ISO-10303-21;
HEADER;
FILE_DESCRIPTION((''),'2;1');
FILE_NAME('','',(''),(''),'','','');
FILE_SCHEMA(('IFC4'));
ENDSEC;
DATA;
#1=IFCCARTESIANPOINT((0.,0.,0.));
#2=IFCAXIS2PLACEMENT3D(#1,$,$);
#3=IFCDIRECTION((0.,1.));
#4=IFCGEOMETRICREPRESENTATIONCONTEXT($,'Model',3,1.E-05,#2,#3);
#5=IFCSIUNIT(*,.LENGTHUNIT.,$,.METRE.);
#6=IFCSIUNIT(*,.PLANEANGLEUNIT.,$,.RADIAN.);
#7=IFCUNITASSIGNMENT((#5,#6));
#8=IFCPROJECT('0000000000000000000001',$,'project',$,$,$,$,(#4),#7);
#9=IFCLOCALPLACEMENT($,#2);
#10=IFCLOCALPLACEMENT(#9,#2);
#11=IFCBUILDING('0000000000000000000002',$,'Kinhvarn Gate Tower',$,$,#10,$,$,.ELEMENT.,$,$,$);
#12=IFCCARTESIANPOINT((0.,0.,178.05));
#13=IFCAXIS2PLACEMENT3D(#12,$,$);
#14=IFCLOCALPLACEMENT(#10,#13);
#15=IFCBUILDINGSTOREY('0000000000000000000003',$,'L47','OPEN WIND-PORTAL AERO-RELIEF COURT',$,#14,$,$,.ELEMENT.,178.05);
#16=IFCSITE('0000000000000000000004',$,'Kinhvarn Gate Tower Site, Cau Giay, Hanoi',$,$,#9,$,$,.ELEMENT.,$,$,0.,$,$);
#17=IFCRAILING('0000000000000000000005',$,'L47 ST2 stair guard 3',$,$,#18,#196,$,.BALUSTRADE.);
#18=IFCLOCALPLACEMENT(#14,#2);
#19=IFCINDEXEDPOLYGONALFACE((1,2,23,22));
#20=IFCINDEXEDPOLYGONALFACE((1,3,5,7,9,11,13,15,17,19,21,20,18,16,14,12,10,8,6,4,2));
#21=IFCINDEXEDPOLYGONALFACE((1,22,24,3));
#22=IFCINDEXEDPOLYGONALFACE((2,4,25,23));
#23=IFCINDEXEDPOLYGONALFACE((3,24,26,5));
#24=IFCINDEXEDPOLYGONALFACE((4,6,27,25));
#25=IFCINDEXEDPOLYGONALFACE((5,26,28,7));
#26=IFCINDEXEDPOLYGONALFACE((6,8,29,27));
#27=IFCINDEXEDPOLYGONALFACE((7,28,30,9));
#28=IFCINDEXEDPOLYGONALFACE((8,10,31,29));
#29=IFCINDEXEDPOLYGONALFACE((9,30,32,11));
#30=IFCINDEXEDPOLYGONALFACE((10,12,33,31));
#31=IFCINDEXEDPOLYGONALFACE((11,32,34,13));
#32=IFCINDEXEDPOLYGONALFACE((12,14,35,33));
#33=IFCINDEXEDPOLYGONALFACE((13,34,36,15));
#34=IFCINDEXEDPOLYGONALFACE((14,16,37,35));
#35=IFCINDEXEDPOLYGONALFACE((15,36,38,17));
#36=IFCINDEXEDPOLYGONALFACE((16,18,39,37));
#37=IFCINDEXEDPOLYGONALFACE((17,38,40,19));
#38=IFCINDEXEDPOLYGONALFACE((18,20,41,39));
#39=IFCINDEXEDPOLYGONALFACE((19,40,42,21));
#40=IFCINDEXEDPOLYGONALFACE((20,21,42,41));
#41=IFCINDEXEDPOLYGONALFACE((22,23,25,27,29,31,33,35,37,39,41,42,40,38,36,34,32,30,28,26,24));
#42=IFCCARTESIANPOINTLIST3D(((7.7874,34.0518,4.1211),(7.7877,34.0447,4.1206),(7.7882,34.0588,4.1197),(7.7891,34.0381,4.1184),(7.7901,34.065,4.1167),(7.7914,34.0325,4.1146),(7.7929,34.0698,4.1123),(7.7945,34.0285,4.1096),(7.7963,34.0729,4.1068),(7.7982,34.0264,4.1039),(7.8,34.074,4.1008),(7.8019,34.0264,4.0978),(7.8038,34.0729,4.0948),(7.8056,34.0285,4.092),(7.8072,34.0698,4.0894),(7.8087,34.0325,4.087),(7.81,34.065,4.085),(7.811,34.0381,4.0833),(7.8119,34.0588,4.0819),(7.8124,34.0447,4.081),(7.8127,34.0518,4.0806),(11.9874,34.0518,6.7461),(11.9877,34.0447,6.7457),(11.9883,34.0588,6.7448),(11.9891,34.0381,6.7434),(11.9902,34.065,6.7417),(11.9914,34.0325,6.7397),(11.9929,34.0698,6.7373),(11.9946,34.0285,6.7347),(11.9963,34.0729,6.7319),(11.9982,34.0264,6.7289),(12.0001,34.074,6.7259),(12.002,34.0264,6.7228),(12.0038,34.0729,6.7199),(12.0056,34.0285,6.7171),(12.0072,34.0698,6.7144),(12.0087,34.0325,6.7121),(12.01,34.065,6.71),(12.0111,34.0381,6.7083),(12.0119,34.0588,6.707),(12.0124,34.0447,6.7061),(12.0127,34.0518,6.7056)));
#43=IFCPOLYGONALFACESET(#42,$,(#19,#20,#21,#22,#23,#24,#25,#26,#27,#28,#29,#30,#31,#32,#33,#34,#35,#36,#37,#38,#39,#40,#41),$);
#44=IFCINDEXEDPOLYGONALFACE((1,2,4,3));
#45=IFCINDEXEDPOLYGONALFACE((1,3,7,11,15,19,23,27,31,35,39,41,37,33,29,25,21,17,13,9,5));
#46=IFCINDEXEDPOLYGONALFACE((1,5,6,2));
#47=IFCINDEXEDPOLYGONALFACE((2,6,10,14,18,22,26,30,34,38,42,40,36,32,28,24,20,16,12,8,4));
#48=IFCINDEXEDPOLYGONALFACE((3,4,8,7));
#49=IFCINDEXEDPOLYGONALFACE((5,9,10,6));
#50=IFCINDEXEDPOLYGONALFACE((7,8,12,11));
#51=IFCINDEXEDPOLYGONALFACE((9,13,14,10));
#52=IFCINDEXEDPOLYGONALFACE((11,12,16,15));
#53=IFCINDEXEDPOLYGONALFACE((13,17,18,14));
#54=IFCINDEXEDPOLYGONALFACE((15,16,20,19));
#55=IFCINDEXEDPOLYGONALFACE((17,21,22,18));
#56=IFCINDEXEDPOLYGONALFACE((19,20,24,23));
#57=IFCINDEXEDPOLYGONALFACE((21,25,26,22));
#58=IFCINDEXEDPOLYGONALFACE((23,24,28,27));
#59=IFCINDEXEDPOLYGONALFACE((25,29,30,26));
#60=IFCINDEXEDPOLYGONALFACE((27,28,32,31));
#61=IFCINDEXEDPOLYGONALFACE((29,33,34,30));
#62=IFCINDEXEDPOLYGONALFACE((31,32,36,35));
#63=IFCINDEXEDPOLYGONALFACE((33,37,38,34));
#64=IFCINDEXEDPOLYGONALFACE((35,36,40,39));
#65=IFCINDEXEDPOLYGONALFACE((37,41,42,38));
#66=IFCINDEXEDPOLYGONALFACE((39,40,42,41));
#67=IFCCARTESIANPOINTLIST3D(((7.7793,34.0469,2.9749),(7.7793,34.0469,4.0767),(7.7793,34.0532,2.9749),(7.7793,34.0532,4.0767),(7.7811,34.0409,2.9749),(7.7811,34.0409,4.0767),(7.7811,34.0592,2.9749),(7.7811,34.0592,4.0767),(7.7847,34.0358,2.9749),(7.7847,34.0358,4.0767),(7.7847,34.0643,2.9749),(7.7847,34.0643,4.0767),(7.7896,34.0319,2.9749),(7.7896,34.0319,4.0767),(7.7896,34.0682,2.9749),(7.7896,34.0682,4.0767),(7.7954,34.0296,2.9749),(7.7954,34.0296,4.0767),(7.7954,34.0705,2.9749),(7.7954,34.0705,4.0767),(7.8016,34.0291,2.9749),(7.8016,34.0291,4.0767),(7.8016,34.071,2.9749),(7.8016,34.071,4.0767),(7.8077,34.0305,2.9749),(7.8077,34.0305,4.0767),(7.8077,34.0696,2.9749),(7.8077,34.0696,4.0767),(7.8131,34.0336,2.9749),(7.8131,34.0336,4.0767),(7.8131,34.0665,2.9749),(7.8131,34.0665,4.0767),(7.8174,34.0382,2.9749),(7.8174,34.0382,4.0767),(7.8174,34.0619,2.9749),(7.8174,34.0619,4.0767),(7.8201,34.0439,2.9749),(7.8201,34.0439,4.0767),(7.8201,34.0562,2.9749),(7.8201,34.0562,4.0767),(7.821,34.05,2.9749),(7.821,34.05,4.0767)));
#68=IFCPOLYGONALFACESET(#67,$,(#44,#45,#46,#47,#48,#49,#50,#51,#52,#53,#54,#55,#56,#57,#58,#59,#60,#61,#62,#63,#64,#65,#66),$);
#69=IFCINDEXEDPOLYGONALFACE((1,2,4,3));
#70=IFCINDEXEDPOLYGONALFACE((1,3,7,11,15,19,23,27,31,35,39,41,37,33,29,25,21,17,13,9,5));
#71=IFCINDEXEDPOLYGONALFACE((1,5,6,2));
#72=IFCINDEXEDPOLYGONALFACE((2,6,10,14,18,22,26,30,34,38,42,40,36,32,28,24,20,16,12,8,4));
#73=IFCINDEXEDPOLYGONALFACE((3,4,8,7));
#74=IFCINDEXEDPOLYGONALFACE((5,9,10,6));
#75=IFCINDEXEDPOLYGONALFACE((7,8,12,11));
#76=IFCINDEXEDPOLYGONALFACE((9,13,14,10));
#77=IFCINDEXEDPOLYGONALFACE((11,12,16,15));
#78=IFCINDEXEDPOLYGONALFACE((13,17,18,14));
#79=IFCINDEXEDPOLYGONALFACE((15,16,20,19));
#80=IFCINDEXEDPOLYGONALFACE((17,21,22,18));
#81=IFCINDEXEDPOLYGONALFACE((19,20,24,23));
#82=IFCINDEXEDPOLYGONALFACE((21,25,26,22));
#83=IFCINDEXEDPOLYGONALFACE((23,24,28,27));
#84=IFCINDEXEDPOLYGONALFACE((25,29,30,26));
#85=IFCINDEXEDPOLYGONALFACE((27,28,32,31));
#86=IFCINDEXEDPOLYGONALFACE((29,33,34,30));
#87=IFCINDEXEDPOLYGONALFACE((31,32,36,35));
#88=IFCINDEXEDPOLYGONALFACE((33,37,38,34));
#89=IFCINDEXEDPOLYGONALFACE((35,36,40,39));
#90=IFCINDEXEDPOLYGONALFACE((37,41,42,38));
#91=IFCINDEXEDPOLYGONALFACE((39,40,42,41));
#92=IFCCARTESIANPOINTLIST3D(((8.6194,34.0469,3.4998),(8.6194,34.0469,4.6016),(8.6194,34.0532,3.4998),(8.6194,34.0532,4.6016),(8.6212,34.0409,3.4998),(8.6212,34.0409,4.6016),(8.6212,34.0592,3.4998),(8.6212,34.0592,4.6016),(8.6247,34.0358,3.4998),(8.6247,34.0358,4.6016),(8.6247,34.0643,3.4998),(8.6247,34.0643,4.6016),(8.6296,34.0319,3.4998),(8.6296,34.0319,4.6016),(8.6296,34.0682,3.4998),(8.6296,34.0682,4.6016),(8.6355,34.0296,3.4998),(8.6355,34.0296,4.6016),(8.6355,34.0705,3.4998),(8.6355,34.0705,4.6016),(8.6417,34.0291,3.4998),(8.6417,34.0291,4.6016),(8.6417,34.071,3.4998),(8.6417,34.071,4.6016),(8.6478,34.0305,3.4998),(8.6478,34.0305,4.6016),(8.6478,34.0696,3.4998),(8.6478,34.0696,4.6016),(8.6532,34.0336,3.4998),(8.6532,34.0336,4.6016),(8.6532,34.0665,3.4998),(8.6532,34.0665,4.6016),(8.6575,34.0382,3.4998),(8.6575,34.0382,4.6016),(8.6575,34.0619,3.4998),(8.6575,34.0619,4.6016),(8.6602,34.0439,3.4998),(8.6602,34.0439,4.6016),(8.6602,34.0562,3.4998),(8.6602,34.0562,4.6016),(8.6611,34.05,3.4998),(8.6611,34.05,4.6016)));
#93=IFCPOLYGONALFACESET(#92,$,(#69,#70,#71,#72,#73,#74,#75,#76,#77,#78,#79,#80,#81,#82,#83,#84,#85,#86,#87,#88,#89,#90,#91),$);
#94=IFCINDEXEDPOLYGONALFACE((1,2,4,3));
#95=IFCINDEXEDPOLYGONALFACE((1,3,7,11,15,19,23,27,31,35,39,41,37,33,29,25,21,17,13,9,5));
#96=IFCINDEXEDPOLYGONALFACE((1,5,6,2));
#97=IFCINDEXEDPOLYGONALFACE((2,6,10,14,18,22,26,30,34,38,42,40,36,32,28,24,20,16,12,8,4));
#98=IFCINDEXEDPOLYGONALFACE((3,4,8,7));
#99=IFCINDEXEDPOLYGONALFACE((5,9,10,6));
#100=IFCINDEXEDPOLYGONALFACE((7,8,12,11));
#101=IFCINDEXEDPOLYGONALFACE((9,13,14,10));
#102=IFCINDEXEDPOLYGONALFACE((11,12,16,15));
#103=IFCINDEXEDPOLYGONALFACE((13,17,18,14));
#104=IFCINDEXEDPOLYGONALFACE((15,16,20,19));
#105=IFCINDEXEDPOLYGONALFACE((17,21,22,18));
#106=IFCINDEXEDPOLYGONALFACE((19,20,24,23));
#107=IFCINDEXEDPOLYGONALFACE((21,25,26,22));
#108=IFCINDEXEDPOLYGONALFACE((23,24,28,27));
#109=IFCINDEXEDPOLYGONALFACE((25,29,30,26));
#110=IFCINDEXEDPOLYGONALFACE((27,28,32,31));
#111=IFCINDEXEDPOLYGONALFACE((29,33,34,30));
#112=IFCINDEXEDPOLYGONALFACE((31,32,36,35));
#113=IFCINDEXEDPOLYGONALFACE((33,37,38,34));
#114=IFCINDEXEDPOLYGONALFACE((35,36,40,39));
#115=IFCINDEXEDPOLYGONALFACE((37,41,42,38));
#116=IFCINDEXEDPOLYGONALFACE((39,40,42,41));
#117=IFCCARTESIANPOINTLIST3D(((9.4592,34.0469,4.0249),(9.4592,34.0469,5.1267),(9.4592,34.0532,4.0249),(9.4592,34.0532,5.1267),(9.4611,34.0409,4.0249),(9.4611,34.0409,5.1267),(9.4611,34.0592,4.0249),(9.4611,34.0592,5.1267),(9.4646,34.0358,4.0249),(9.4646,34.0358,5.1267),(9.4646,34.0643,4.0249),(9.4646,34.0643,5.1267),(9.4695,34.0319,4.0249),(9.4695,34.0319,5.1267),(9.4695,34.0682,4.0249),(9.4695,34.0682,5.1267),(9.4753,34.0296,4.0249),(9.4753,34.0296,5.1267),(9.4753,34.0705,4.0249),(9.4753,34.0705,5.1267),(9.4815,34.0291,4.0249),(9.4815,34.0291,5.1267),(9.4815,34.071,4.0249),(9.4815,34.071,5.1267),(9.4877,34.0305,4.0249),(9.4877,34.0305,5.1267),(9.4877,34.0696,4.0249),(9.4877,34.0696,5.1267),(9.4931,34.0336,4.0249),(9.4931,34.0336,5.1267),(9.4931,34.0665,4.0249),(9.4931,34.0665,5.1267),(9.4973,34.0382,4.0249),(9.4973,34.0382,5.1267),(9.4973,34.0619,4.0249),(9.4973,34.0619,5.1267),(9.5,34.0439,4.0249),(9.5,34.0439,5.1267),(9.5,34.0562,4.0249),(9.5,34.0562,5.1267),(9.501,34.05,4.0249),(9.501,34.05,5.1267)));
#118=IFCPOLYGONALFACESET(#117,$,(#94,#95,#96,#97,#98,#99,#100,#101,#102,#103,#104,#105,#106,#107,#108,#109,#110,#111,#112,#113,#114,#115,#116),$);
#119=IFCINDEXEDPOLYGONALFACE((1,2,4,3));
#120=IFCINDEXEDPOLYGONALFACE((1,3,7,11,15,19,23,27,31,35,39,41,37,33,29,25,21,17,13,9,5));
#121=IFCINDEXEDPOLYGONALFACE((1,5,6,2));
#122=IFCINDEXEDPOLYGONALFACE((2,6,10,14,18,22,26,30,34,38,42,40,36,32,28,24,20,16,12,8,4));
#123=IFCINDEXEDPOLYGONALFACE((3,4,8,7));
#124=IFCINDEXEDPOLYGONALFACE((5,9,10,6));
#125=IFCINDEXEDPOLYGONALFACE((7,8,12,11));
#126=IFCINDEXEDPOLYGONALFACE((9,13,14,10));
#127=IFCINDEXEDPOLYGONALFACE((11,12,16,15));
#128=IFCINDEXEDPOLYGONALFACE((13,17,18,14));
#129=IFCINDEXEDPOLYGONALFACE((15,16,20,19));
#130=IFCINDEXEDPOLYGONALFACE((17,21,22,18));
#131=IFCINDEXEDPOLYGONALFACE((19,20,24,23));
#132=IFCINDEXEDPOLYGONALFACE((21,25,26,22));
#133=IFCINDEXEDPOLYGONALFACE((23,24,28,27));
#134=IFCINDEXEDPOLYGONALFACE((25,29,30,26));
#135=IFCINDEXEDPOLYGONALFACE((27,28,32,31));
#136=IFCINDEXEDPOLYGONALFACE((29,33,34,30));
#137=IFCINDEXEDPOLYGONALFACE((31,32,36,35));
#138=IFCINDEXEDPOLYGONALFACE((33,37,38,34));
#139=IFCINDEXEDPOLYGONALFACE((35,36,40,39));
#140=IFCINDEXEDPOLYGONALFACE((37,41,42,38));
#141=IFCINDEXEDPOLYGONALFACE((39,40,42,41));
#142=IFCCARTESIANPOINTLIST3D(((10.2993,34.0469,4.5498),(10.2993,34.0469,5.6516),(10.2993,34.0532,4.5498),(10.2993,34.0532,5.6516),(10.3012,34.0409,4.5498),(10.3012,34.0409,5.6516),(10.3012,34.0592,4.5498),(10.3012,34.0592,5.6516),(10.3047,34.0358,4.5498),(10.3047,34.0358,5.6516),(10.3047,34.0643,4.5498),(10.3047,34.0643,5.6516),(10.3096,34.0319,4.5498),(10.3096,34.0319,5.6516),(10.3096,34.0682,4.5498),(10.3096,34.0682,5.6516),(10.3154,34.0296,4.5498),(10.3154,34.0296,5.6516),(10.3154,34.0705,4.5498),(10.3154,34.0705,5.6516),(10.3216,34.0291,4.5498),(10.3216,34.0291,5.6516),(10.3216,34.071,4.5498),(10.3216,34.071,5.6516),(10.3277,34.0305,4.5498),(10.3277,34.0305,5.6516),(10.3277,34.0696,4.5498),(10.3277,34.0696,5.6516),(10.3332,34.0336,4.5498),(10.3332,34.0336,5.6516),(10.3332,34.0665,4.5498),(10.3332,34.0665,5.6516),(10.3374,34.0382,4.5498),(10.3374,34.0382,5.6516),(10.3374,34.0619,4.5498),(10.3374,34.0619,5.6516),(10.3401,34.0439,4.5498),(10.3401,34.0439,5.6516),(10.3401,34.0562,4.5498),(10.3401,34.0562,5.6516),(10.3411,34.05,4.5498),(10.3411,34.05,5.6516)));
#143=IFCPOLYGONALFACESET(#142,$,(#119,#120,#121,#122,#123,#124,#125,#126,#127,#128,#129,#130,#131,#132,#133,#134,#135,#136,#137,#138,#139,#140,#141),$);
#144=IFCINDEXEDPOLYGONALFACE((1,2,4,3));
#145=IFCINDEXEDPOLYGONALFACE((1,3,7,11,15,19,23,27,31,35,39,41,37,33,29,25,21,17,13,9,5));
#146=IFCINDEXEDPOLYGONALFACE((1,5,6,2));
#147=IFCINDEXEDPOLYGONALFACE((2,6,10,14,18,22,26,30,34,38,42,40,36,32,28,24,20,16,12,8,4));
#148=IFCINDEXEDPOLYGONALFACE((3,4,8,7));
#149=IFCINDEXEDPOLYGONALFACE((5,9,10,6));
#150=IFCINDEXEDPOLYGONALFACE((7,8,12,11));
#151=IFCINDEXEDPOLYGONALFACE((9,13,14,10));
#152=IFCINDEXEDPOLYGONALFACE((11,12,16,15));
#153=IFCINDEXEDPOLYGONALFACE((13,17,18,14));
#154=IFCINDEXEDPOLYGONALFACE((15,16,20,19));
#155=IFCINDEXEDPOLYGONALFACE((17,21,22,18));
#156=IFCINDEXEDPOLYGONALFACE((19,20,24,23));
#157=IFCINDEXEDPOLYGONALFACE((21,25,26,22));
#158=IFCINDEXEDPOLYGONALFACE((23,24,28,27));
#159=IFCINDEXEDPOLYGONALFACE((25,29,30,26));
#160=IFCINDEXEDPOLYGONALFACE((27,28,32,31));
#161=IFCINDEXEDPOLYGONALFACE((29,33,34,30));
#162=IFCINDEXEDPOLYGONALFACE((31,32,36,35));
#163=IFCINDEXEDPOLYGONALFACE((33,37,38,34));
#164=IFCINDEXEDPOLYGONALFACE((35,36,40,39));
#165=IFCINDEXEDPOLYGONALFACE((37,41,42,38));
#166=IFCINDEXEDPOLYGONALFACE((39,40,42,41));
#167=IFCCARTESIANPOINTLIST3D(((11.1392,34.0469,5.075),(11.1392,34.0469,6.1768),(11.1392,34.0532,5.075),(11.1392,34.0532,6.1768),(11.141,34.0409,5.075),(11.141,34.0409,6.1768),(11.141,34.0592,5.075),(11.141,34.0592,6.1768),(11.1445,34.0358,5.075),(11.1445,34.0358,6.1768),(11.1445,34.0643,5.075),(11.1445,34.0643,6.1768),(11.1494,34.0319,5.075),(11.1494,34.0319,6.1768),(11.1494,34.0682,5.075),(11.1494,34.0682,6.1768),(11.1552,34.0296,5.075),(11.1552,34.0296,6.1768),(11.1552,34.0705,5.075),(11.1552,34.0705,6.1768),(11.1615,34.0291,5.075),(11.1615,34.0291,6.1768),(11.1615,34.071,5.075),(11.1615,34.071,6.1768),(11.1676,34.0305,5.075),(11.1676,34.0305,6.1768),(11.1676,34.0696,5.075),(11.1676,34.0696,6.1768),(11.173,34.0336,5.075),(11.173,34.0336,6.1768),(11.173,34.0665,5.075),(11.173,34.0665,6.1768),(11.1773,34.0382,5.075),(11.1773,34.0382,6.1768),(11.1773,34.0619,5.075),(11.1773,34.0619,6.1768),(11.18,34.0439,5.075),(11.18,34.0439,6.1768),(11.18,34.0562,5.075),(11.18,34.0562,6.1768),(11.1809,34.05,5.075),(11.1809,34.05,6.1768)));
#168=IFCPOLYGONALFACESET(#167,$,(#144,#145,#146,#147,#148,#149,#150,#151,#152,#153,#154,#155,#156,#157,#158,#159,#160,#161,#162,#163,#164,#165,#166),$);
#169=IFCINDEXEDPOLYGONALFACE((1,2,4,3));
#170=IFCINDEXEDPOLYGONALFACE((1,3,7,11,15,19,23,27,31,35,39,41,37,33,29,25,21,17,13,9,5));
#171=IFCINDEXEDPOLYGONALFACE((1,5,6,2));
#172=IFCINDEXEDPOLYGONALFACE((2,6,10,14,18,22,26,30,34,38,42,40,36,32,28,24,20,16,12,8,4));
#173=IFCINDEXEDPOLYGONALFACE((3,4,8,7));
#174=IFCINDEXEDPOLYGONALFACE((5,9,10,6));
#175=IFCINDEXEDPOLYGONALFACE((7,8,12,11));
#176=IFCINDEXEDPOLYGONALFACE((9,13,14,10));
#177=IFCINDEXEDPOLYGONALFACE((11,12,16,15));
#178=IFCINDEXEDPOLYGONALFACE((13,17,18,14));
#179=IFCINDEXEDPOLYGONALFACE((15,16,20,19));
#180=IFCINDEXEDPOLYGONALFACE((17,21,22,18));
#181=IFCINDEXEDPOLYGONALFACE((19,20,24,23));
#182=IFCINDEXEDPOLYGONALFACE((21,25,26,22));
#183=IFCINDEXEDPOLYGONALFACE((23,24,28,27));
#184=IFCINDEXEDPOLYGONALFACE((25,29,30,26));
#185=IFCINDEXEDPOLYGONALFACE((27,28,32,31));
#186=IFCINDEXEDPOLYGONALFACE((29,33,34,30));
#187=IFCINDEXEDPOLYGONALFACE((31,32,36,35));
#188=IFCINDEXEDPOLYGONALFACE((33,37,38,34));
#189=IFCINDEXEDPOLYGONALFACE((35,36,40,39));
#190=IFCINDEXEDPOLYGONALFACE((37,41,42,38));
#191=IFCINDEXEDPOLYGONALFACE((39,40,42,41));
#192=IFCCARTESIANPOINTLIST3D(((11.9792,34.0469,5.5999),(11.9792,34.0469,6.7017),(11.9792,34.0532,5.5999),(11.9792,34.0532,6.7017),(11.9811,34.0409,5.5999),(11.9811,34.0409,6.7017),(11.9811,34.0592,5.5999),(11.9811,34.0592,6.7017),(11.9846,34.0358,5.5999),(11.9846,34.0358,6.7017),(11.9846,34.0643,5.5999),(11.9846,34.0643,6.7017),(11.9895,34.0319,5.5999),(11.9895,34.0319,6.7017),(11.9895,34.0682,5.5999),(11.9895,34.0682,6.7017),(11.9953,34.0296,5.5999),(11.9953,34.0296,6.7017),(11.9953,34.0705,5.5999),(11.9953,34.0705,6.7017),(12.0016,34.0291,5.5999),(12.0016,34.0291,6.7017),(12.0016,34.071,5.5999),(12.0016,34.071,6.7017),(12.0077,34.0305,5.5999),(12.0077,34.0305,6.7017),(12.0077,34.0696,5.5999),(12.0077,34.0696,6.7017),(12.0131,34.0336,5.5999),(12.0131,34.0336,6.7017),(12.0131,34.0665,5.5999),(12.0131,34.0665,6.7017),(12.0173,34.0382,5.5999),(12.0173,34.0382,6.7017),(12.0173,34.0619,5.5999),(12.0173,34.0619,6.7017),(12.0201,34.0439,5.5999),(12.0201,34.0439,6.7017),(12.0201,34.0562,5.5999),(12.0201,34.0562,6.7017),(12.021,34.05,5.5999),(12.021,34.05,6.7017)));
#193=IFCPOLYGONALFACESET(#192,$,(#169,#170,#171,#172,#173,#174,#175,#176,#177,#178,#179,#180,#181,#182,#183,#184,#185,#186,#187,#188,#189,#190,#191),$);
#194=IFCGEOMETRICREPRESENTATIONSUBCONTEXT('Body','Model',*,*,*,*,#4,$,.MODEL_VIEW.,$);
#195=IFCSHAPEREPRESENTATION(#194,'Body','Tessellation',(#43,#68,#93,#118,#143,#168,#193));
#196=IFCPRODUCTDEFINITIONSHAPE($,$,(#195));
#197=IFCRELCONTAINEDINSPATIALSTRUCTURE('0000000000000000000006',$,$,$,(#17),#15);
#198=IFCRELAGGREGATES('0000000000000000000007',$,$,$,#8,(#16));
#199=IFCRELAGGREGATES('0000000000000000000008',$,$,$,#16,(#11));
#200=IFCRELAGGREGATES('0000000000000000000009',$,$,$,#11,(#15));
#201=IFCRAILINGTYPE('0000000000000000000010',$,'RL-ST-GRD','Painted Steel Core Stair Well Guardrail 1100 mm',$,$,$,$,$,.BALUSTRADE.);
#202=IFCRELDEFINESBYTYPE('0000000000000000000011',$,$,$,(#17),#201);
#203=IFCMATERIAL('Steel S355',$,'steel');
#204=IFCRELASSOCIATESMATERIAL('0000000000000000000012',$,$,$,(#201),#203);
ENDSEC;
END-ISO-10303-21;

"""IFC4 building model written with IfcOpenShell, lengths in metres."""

from ifc_helpers import new_model, si_unit, direction, frame, origin, origin_2d, place, context, subcontext, project, spatial, circle, extrude, material, type_object, element, save


model = new_model("IFC4")

# Units and contexts
model_context = context("Model", 3, precision=1e-05, world=origin(), true_north=direction((0.0, 1.0)))
body_context = subcontext(model_context, "Body", "Model", "MODEL_VIEW")
ifc_project = project(units=[si_unit("LENGTHUNIT", "METRE"), si_unit("PLANEANGLEUNIT", "RADIAN")], contexts=[model_context])

# Site, building, storey
site_placement = place(None, origin())
site = spatial("IfcSite", under=ifc_project, at=site_placement, Name="Kinhvarn Gate Tower Site, Cau Giay, Hanoi", CompositionType="ELEMENT", RefElevation=0.0)
building_placement = place(site_placement, origin())
building = spatial("IfcBuilding", under=site, at=building_placement, Name="Kinhvarn Gate Tower", CompositionType="ELEMENT")
storey_placement = place(building_placement, frame((0.0, 0.0, 178.05)))
storey = spatial("IfcBuildingStorey", under=building, at=storey_placement, Name="L47", Description="OPEN WIND-PORTAL AERO-RELIEF COURT", CompositionType="ELEMENT", Elevation=178.05)

# Shared definitions
ifc_material_1 = material(Name="Steel S355", Category="steel")

# Railing
railing_type_1 = type_object("IfcRailingType", Name="RL-ST-GRD", Description="Painted Steel Core Stair Well Guardrail 1100 mm", PredefinedType="BALUSTRADE", material=ifc_material_1)
railing_1_placement = place(storey_placement, frame((7.8, 34.05, 2.9749)))
element("IfcRailing", 1, at=railing_1_placement, inside=storey, type_object=railing_type_1, Name="L47 ST2 stair guard 3", PredefinedType="BALUSTRADE", context=body_context, shape_type="SweptSolid", body=[
    extrude(circle(Radius=0.0239, at=origin_2d()), frame((0.0, 0.0, 1.126), z_axis=(0.847996, 0.0, 0.530003), x_axis=(0.0, 1.0, 0.0)), (0.0, 0.0, 1.0), 4.9529),
    extrude(circle(Radius=0.021, at=origin_2d()), origin(), (0.0, 0.0, 1.0), 1.1018),
    extrude(circle(Radius=0.021, at=origin_2d()), frame((0.8401, 0.0, 0.5249)), (0.0, 0.0, 1.0), 1.1018),
    extrude(circle(Radius=0.021, at=origin_2d()), frame((1.6799, 0.0, 1.05)), (0.0, 0.0, 1.0), 1.1018),
    extrude(circle(Radius=0.021, at=origin_2d()), frame((2.52, 0.0, 1.575)), (0.0, 0.0, 1.0), 1.1018),
    extrude(circle(Radius=0.021, at=origin_2d()), frame((3.3599, 0.0, 2.1001)), (0.0, 0.0, 1.0), 1.1018),
    extrude(circle(Radius=0.021, at=origin_2d()), frame((4.2, 0.0, 2.625)), (0.0, 0.0, 1.0), 1.1018),
])

save(model, "model.ifc")
